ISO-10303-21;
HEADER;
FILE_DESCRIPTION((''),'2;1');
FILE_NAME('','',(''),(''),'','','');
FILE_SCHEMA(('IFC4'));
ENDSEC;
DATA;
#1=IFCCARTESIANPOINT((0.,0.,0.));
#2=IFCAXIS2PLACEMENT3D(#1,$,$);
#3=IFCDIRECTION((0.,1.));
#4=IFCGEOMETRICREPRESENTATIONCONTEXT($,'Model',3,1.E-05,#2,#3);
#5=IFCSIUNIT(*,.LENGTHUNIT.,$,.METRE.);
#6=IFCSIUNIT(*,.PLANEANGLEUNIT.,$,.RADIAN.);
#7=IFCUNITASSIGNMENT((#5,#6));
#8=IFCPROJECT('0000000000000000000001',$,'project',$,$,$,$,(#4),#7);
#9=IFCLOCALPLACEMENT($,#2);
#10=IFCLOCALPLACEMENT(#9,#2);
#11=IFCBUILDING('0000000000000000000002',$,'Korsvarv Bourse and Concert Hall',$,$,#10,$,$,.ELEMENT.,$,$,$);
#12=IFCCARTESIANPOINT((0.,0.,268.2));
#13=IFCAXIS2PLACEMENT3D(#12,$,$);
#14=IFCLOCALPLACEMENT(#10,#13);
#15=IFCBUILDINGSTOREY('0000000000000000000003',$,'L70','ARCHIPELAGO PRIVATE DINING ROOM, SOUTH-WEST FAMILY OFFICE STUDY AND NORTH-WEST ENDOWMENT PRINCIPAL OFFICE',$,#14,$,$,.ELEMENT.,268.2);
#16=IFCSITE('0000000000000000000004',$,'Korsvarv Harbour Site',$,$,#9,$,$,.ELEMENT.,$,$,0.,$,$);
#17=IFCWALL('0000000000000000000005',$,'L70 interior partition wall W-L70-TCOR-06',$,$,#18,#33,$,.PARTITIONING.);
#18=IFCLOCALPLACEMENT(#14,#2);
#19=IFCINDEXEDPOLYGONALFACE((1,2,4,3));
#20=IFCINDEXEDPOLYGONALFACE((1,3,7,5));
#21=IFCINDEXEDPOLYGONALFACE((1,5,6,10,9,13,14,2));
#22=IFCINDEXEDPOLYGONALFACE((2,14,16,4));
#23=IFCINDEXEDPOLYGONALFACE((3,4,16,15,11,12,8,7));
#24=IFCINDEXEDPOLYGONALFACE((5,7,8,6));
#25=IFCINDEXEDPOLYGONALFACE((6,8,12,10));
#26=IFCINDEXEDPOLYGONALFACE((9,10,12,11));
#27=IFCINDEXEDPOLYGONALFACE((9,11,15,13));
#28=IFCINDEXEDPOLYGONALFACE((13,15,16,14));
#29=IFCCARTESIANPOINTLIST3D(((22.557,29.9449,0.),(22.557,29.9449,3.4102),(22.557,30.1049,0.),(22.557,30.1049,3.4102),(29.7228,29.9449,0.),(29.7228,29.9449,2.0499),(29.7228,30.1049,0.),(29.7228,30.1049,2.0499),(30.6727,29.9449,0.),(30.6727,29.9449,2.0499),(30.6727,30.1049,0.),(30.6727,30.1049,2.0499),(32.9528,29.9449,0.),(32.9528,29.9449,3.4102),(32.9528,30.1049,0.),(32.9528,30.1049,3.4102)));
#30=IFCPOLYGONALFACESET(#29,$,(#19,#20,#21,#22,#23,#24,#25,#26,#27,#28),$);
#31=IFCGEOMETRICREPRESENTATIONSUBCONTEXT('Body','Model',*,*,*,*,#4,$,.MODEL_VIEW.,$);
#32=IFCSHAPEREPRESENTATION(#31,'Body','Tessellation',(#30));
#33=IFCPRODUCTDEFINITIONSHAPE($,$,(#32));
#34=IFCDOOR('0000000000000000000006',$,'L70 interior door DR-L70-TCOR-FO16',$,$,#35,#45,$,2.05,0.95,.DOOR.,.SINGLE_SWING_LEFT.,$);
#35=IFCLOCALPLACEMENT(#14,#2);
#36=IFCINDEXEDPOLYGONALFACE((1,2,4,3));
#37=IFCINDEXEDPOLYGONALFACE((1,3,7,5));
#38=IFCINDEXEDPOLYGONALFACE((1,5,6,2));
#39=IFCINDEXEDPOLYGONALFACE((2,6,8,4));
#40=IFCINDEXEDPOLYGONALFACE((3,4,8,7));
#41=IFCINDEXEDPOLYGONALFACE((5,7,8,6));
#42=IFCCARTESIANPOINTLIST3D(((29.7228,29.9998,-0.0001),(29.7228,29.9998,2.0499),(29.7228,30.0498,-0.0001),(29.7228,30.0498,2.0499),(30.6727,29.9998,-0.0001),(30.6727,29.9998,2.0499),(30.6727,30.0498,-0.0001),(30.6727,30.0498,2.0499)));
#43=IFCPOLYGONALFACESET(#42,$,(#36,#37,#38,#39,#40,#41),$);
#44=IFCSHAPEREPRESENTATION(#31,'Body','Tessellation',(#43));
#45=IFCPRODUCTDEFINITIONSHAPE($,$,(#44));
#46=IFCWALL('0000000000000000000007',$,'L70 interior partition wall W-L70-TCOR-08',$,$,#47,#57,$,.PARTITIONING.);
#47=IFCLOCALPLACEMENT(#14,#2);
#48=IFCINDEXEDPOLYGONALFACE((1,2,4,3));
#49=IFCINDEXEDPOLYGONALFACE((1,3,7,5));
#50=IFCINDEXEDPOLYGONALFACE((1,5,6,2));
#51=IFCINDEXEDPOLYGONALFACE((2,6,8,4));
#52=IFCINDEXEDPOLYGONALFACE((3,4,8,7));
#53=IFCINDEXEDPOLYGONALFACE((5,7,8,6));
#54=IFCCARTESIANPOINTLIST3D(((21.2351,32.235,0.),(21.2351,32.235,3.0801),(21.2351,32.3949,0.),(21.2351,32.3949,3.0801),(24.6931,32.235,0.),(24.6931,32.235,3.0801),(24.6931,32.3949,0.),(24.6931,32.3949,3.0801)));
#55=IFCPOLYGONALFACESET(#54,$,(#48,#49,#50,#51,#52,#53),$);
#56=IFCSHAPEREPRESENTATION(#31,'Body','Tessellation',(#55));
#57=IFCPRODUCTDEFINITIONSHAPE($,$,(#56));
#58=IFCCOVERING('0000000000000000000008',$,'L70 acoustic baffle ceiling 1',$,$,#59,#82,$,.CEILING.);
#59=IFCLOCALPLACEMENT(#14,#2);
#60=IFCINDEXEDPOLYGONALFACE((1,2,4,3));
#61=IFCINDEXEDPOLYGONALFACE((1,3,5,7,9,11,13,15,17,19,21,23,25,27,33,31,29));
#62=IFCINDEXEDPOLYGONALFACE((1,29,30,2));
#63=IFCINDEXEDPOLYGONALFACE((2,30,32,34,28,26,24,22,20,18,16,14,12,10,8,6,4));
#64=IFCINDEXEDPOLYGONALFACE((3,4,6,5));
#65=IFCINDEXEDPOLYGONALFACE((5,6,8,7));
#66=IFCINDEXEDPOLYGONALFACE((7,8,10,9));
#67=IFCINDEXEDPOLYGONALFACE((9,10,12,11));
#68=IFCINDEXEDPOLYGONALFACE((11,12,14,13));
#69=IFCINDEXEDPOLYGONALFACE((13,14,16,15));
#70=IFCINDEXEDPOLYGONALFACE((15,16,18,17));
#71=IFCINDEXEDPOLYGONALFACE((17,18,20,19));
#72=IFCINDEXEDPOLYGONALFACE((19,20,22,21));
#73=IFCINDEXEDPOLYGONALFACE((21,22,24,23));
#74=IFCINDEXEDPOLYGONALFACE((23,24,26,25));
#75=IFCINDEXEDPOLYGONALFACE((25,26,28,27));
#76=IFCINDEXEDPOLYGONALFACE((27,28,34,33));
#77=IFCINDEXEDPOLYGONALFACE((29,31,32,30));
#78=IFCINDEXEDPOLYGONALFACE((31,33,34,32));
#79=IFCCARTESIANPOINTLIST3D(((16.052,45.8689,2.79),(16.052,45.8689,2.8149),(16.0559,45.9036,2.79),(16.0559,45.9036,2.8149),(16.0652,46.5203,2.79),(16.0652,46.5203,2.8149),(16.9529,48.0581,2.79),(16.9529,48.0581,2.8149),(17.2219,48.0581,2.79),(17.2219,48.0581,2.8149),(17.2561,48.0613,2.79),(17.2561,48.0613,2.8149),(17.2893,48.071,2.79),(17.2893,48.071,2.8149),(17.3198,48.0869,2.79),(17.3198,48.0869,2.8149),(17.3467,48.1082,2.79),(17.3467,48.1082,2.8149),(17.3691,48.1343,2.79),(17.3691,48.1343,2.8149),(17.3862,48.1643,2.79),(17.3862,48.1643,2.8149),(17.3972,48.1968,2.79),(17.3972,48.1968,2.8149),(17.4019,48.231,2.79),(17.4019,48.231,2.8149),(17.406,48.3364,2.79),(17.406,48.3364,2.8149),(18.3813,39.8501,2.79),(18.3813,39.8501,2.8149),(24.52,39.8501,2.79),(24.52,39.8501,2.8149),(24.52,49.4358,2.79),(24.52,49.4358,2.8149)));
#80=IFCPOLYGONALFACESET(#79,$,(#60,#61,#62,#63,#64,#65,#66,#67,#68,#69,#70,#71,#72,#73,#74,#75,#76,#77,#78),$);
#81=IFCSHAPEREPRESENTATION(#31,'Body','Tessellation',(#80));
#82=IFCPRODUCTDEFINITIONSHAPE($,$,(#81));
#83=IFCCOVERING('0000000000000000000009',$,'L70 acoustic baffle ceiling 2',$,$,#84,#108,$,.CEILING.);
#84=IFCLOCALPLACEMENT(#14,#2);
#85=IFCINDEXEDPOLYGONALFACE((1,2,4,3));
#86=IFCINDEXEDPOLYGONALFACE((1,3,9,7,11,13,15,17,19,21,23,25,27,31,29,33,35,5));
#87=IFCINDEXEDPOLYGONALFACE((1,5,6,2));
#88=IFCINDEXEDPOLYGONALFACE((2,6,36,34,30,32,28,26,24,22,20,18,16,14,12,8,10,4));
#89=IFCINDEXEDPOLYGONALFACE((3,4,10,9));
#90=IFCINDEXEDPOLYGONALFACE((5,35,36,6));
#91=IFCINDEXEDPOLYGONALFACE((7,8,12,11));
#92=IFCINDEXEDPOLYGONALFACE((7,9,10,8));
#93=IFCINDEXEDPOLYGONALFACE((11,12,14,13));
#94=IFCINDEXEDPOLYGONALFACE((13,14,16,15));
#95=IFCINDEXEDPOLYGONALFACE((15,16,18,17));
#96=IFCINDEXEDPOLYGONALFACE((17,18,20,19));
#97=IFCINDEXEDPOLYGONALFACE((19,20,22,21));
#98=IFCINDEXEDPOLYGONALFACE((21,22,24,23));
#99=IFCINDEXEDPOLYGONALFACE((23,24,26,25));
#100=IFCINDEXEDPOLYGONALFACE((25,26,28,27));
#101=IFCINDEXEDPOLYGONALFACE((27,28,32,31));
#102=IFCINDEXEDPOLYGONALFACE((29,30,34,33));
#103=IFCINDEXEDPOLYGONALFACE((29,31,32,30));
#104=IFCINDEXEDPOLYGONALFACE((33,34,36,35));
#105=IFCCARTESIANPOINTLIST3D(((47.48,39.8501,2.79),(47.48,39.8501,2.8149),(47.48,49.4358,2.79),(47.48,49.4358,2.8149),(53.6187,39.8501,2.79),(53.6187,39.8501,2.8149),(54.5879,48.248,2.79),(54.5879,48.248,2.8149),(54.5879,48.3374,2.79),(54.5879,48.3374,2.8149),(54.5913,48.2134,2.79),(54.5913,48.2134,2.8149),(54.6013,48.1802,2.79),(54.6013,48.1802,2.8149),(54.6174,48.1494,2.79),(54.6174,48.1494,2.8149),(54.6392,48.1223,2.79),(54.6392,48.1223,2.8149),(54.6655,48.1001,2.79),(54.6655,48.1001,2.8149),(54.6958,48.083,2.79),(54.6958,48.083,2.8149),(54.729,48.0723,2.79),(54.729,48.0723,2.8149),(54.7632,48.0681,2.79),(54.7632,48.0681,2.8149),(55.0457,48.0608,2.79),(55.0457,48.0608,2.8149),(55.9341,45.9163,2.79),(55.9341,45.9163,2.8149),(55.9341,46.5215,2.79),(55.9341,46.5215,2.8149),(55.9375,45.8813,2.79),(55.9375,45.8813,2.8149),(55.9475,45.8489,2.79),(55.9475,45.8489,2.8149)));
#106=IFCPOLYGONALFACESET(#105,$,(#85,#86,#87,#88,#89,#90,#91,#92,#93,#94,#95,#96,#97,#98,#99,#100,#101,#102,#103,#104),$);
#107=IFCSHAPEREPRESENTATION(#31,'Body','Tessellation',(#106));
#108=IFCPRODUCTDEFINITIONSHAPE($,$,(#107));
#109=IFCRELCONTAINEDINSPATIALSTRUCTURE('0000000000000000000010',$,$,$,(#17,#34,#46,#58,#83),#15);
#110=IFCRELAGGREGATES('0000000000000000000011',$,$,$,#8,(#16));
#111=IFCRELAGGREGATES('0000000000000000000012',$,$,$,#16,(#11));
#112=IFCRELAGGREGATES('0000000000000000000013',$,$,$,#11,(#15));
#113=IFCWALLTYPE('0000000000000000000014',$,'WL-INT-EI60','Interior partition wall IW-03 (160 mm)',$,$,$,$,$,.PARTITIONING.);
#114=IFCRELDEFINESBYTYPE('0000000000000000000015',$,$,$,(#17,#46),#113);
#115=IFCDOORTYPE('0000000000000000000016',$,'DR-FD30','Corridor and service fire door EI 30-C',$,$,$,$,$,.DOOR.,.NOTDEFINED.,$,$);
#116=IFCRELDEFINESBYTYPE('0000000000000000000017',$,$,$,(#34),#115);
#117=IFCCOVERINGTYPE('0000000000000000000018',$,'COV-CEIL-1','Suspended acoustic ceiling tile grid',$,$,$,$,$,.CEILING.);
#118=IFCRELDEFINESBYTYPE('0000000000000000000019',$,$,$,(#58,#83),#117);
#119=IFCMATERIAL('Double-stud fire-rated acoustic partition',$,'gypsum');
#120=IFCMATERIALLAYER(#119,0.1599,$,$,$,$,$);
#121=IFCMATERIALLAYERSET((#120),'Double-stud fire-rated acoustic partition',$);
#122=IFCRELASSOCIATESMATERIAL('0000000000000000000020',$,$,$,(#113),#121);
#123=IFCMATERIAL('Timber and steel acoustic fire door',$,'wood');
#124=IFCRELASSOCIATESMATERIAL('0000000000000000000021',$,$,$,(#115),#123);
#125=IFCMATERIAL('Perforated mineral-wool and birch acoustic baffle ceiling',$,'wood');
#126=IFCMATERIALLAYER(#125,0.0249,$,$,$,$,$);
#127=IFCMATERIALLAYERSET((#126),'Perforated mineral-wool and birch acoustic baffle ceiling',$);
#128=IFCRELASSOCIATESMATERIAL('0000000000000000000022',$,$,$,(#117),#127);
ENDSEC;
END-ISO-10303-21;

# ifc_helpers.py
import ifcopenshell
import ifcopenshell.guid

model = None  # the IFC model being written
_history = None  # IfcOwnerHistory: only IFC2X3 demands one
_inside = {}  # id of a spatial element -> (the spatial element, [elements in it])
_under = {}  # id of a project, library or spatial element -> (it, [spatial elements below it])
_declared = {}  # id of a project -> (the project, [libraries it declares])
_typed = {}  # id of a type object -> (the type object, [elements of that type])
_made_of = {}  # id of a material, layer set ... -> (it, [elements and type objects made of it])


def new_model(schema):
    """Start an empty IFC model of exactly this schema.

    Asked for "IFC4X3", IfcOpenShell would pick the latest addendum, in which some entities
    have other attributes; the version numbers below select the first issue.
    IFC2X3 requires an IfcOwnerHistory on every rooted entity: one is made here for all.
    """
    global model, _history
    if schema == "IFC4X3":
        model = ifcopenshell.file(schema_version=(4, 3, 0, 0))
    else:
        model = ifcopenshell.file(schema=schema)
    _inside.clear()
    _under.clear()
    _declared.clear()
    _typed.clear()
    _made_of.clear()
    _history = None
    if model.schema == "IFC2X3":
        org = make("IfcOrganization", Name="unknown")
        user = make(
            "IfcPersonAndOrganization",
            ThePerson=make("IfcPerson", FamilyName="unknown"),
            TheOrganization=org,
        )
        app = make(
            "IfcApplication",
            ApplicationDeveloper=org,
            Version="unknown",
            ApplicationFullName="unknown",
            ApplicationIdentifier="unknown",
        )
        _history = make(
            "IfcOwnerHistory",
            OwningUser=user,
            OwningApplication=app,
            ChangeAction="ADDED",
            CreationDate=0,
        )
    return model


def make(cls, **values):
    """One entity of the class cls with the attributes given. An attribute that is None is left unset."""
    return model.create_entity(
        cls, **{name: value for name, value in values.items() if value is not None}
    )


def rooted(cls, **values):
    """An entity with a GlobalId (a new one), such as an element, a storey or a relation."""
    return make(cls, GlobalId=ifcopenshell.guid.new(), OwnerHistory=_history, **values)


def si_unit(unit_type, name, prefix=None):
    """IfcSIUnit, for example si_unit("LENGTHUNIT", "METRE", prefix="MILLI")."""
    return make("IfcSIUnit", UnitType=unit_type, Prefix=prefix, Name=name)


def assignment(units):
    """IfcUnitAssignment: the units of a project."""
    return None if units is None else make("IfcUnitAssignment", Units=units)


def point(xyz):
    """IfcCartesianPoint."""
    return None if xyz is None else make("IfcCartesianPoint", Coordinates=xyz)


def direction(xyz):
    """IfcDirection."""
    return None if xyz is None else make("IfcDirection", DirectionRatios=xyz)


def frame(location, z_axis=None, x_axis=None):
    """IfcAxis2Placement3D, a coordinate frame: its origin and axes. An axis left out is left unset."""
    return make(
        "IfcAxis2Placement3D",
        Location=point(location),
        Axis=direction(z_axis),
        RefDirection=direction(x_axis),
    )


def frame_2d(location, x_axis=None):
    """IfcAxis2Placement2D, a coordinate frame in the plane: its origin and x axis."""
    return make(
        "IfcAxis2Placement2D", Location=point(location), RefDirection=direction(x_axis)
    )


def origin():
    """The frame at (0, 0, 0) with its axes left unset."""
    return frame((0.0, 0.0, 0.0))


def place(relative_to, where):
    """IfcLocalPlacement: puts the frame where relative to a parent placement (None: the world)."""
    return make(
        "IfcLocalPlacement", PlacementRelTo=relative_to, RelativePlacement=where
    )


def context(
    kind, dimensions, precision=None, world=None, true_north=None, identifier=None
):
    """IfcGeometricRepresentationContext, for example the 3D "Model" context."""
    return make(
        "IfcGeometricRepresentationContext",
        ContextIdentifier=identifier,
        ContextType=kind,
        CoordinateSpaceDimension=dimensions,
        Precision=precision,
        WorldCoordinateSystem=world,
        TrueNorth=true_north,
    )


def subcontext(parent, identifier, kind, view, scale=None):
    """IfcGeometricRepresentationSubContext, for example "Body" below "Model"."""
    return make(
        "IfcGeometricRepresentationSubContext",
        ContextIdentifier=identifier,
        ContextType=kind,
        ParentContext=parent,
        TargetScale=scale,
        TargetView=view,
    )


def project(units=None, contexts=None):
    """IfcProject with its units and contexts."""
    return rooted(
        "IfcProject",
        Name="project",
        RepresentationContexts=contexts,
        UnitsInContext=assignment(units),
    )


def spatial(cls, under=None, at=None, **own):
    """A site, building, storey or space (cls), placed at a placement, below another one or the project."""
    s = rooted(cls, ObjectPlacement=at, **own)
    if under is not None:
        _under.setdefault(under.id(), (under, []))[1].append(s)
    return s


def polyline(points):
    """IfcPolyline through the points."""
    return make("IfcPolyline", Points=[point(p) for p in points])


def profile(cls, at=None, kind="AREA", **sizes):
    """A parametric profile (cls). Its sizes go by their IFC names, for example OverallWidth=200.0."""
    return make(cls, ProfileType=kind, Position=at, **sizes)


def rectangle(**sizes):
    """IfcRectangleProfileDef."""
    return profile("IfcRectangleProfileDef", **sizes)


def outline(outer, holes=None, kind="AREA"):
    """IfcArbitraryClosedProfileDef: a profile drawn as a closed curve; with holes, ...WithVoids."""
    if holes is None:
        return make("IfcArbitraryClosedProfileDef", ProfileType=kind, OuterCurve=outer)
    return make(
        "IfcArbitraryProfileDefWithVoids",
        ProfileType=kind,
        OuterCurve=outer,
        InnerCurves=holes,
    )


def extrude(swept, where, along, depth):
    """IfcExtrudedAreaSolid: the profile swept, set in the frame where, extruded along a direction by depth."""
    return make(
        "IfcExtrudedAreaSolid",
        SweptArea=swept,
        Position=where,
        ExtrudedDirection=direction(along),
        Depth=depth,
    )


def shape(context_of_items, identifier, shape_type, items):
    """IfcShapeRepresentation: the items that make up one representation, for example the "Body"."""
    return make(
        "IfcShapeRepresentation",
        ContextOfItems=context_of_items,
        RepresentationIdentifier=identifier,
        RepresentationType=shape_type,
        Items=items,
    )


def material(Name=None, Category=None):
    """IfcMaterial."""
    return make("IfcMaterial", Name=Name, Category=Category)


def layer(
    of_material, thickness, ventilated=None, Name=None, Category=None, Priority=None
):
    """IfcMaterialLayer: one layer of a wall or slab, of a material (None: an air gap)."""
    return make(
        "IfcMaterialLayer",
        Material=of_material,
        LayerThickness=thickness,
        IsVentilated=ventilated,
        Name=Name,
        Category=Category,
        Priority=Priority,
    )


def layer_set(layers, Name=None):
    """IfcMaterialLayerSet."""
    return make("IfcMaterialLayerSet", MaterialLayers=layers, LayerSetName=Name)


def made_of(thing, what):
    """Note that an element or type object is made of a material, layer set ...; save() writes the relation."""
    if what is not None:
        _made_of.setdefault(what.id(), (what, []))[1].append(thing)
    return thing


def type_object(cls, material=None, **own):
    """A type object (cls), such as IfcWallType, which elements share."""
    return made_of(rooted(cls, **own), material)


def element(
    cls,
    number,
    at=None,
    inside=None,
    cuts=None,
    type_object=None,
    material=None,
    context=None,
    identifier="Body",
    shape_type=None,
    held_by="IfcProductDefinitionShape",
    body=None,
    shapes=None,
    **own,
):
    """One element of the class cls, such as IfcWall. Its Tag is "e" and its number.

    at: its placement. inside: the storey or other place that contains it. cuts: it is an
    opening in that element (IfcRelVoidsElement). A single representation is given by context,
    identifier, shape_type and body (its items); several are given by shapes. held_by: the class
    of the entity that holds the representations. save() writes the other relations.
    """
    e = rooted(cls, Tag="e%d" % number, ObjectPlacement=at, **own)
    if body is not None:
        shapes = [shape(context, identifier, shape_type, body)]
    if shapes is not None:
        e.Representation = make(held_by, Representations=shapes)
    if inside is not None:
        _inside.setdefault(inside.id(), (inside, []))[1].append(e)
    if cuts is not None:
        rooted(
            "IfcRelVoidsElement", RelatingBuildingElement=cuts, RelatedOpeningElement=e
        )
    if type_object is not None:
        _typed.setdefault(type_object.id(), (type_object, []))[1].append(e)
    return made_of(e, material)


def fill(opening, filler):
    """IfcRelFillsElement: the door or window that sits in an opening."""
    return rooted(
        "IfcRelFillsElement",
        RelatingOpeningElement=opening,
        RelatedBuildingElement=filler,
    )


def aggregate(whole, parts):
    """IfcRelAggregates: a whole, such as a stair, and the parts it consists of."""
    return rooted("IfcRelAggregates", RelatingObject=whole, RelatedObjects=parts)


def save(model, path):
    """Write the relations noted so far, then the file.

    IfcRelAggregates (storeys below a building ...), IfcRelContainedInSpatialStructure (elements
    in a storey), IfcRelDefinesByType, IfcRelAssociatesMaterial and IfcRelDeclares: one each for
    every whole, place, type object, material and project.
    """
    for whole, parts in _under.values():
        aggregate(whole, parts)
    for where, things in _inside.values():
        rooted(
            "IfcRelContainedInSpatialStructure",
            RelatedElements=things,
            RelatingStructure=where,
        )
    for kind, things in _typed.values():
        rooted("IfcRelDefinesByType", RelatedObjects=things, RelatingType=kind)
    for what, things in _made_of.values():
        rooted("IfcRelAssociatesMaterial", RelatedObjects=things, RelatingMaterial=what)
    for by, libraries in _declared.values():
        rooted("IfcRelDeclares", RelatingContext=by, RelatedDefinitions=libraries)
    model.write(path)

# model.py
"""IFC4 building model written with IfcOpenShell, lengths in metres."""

from ifc_helpers import new_model, si_unit, direction, frame, frame_2d, origin, place, context, subcontext, project, spatial, polyline, rectangle, outline, extrude, material, layer, layer_set, type_object, element, fill, save


model = new_model("IFC4")

# Units and contexts
model_context = context("Model", 3, precision=1e-05, world=origin(), true_north=direction((0.0, 1.0)))
body_context = subcontext(model_context, "Body", "Model", "MODEL_VIEW")
ifc_project = project(units=[si_unit("LENGTHUNIT", "METRE"), si_unit("PLANEANGLEUNIT", "RADIAN")], contexts=[model_context])

# Site, building, storey
site_placement = place(None, origin())
site = spatial("IfcSite", under=ifc_project, at=site_placement, Name="Korsvarv Harbour Site", CompositionType="ELEMENT", RefElevation=0.0)
building_placement = place(site_placement, origin())
building = spatial("IfcBuilding", under=site, at=building_placement, Name="Korsvarv Bourse and Concert Hall", CompositionType="ELEMENT")
storey_placement = place(building_placement, frame((0.0, 0.0, 268.2)))
storey = spatial("IfcBuildingStorey", under=building, at=storey_placement, Name="L70", Description="ARCHIPELAGO PRIVATE DINING ROOM, SOUTH-WEST FAMILY OFFICE STUDY AND NORTH-WEST ENDOWMENT PRINCIPAL OFFICE", CompositionType="ELEMENT", Elevation=268.2)

# Wall, opening, door
ifc_material_1 = material(Name="Double-stud fire-rated acoustic partition", Category="gypsum")
ifc_layer_1 = layer(ifc_material_1, 0.1599)
ifc_layer_set_1 = layer_set([ifc_layer_1], Name="Double-stud fire-rated acoustic partition")
wall_type = type_object("IfcWallType", Name="WL-INT-EI60", Description="Interior partition wall IW-03 (160 mm)", PredefinedType="PARTITIONING", material=ifc_layer_set_1)
wall_1_placement = place(storey_placement, frame((22.5571, 30.0249, 0.0), z_axis=(0.0, 0.0, 1.0), x_axis=(1.0, 0.0, 0.0)))
wall_1 = element("IfcWall", 1, at=wall_1_placement, inside=storey, type_object=wall_type, Name="L70 interior partition wall W-L70-TCOR-06", PredefinedType="PARTITIONING", context=body_context, shape_type="SweptSolid", body=[
    extrude(rectangle(XDim=10.3958, YDim=0.1599, at=frame_2d((5.1978, 0.0))), origin(), (0.0, 0.0, 1.0), 3.4102),
])
opening_placement = place(wall_1_placement, frame((7.1655, 0.0, 0.0)))
opening = element("IfcOpeningElement", 2, at=opening_placement, cuts=wall_1, PredefinedType="OPENING", context=body_context, shape_type="SweptSolid", body=[
    extrude(rectangle(XDim=0.95, YDim=2.05, at=frame_2d((0.4751, 1.0249))), frame((0.0, 0.0898, 0.0), z_axis=(0.0, -1.0, 0.0), x_axis=(1.0, 0.0, 0.0)), (0.0, 0.0, 1.0), 0.1799),
])
ifc_material_2 = material(Name="Timber and steel acoustic fire door", Category="wood")
door_type = type_object("IfcDoorType", Name="DR-FD30", Description="Corridor and service fire door EI 30-C", OperationType="NOTDEFINED", PredefinedType="DOOR", material=ifc_material_2)
door_placement = place(opening_placement, origin())
door = element("IfcDoor", 3, at=door_placement, inside=storey, type_object=door_type, Name="L70 interior door DR-L70-TCOR-FO16", OperationType="SINGLE_SWING_LEFT", OverallHeight=2.05, OverallWidth=0.95, PredefinedType="DOOR", context=body_context, shape_type="SweptSolid", body=[
    extrude(rectangle(XDim=0.95, YDim=2.05, at=frame_2d((0.4751, 1.0249))), frame((0.0, 0.0249, 0.0), z_axis=(0.0, -1.0, 0.0), x_axis=(1.0, 0.0, 0.0)), (0.0, 0.0, 1.0), 0.05),
])
fill(opening, door)

# Wall
wall_2_placement = place(storey_placement, frame((21.2351, 32.3149, 0.0), z_axis=(0.0, 0.0, 1.0), x_axis=(1.0, 0.0, 0.0)))
element("IfcWall", 4, at=wall_2_placement, inside=storey, type_object=wall_type, Name="L70 interior partition wall W-L70-TCOR-08", PredefinedType="PARTITIONING", context=body_context, shape_type="SweptSolid", body=[
    extrude(rectangle(XDim=3.458, YDim=0.1599, at=frame_2d((1.729, 0.0))), origin(), (0.0, 0.0, 1.0), 3.0801),
])

# Coverings
ifc_material_3 = material(Name="Perforated mineral-wool and birch acoustic baffle ceiling", Category="wood")
ifc_layer_2 = layer(ifc_material_3, 0.0249)
ifc_layer_set_2 = layer_set([ifc_layer_2], Name="Perforated mineral-wool and birch acoustic baffle ceiling")
covering_type_1 = type_object("IfcCoveringType", Name="COV-CEIL-1", Description="Suspended acoustic ceiling tile grid", PredefinedType="CEILING", material=ifc_layer_set_2)
covering_1_placement = place(storey_placement, frame((0.0, 0.0, 2.79)))
element("IfcCovering", 5, at=covering_1_placement, inside=storey, type_object=covering_type_1, Name="L70 acoustic baffle ceiling 1", PredefinedType="CEILING", context=body_context, shape_type="SweptSolid", body=[
    extrude(outline(polyline([(16.052, 45.8689), (16.0559, 45.9036), (16.0652, 46.5203), (16.9529, 48.0581), (17.2219, 48.0581), (17.2561, 48.0613), (17.2893, 48.071), (17.3198, 48.0869), (17.3467, 48.1082), (17.3691, 48.1343), (17.3862, 48.1643), (17.3972, 48.1968), (17.4019, 48.231), (17.406, 48.3364), (24.52, 49.4358), (24.52, 39.8501), (18.3813, 39.8501), (16.052, 45.8689)])), origin(), (0.0, 0.0, 1.0), 0.0249),
])
covering_2_placement = place(storey_placement, frame((0.0, 0.0, 2.79)))
element("IfcCovering", 6, at=covering_2_placement, inside=storey, type_object=covering_type_1, Name="L70 acoustic baffle ceiling 2", PredefinedType="CEILING", context=body_context, shape_type="SweptSolid", body=[
    extrude(outline(polyline([(54.5879, 48.248), (54.5913, 48.2134), (54.6013, 48.1802), (54.6174, 48.1494), (54.6392, 48.1223), (54.6655, 48.1001), (54.6958, 48.083), (54.729, 48.0723), (54.7632, 48.0681), (55.0457, 48.0608), (55.9341, 46.5215), (55.9341, 45.9163), (55.9375, 45.8813), (55.9475, 45.8489), (53.6187, 39.8501), (47.48, 39.8501), (47.48, 49.4358), (54.5879, 48.3374), (54.5879, 48.248)])), origin(), (0.0, 0.0, 1.0), 0.0249),
])

save(model, "model.ifc")
